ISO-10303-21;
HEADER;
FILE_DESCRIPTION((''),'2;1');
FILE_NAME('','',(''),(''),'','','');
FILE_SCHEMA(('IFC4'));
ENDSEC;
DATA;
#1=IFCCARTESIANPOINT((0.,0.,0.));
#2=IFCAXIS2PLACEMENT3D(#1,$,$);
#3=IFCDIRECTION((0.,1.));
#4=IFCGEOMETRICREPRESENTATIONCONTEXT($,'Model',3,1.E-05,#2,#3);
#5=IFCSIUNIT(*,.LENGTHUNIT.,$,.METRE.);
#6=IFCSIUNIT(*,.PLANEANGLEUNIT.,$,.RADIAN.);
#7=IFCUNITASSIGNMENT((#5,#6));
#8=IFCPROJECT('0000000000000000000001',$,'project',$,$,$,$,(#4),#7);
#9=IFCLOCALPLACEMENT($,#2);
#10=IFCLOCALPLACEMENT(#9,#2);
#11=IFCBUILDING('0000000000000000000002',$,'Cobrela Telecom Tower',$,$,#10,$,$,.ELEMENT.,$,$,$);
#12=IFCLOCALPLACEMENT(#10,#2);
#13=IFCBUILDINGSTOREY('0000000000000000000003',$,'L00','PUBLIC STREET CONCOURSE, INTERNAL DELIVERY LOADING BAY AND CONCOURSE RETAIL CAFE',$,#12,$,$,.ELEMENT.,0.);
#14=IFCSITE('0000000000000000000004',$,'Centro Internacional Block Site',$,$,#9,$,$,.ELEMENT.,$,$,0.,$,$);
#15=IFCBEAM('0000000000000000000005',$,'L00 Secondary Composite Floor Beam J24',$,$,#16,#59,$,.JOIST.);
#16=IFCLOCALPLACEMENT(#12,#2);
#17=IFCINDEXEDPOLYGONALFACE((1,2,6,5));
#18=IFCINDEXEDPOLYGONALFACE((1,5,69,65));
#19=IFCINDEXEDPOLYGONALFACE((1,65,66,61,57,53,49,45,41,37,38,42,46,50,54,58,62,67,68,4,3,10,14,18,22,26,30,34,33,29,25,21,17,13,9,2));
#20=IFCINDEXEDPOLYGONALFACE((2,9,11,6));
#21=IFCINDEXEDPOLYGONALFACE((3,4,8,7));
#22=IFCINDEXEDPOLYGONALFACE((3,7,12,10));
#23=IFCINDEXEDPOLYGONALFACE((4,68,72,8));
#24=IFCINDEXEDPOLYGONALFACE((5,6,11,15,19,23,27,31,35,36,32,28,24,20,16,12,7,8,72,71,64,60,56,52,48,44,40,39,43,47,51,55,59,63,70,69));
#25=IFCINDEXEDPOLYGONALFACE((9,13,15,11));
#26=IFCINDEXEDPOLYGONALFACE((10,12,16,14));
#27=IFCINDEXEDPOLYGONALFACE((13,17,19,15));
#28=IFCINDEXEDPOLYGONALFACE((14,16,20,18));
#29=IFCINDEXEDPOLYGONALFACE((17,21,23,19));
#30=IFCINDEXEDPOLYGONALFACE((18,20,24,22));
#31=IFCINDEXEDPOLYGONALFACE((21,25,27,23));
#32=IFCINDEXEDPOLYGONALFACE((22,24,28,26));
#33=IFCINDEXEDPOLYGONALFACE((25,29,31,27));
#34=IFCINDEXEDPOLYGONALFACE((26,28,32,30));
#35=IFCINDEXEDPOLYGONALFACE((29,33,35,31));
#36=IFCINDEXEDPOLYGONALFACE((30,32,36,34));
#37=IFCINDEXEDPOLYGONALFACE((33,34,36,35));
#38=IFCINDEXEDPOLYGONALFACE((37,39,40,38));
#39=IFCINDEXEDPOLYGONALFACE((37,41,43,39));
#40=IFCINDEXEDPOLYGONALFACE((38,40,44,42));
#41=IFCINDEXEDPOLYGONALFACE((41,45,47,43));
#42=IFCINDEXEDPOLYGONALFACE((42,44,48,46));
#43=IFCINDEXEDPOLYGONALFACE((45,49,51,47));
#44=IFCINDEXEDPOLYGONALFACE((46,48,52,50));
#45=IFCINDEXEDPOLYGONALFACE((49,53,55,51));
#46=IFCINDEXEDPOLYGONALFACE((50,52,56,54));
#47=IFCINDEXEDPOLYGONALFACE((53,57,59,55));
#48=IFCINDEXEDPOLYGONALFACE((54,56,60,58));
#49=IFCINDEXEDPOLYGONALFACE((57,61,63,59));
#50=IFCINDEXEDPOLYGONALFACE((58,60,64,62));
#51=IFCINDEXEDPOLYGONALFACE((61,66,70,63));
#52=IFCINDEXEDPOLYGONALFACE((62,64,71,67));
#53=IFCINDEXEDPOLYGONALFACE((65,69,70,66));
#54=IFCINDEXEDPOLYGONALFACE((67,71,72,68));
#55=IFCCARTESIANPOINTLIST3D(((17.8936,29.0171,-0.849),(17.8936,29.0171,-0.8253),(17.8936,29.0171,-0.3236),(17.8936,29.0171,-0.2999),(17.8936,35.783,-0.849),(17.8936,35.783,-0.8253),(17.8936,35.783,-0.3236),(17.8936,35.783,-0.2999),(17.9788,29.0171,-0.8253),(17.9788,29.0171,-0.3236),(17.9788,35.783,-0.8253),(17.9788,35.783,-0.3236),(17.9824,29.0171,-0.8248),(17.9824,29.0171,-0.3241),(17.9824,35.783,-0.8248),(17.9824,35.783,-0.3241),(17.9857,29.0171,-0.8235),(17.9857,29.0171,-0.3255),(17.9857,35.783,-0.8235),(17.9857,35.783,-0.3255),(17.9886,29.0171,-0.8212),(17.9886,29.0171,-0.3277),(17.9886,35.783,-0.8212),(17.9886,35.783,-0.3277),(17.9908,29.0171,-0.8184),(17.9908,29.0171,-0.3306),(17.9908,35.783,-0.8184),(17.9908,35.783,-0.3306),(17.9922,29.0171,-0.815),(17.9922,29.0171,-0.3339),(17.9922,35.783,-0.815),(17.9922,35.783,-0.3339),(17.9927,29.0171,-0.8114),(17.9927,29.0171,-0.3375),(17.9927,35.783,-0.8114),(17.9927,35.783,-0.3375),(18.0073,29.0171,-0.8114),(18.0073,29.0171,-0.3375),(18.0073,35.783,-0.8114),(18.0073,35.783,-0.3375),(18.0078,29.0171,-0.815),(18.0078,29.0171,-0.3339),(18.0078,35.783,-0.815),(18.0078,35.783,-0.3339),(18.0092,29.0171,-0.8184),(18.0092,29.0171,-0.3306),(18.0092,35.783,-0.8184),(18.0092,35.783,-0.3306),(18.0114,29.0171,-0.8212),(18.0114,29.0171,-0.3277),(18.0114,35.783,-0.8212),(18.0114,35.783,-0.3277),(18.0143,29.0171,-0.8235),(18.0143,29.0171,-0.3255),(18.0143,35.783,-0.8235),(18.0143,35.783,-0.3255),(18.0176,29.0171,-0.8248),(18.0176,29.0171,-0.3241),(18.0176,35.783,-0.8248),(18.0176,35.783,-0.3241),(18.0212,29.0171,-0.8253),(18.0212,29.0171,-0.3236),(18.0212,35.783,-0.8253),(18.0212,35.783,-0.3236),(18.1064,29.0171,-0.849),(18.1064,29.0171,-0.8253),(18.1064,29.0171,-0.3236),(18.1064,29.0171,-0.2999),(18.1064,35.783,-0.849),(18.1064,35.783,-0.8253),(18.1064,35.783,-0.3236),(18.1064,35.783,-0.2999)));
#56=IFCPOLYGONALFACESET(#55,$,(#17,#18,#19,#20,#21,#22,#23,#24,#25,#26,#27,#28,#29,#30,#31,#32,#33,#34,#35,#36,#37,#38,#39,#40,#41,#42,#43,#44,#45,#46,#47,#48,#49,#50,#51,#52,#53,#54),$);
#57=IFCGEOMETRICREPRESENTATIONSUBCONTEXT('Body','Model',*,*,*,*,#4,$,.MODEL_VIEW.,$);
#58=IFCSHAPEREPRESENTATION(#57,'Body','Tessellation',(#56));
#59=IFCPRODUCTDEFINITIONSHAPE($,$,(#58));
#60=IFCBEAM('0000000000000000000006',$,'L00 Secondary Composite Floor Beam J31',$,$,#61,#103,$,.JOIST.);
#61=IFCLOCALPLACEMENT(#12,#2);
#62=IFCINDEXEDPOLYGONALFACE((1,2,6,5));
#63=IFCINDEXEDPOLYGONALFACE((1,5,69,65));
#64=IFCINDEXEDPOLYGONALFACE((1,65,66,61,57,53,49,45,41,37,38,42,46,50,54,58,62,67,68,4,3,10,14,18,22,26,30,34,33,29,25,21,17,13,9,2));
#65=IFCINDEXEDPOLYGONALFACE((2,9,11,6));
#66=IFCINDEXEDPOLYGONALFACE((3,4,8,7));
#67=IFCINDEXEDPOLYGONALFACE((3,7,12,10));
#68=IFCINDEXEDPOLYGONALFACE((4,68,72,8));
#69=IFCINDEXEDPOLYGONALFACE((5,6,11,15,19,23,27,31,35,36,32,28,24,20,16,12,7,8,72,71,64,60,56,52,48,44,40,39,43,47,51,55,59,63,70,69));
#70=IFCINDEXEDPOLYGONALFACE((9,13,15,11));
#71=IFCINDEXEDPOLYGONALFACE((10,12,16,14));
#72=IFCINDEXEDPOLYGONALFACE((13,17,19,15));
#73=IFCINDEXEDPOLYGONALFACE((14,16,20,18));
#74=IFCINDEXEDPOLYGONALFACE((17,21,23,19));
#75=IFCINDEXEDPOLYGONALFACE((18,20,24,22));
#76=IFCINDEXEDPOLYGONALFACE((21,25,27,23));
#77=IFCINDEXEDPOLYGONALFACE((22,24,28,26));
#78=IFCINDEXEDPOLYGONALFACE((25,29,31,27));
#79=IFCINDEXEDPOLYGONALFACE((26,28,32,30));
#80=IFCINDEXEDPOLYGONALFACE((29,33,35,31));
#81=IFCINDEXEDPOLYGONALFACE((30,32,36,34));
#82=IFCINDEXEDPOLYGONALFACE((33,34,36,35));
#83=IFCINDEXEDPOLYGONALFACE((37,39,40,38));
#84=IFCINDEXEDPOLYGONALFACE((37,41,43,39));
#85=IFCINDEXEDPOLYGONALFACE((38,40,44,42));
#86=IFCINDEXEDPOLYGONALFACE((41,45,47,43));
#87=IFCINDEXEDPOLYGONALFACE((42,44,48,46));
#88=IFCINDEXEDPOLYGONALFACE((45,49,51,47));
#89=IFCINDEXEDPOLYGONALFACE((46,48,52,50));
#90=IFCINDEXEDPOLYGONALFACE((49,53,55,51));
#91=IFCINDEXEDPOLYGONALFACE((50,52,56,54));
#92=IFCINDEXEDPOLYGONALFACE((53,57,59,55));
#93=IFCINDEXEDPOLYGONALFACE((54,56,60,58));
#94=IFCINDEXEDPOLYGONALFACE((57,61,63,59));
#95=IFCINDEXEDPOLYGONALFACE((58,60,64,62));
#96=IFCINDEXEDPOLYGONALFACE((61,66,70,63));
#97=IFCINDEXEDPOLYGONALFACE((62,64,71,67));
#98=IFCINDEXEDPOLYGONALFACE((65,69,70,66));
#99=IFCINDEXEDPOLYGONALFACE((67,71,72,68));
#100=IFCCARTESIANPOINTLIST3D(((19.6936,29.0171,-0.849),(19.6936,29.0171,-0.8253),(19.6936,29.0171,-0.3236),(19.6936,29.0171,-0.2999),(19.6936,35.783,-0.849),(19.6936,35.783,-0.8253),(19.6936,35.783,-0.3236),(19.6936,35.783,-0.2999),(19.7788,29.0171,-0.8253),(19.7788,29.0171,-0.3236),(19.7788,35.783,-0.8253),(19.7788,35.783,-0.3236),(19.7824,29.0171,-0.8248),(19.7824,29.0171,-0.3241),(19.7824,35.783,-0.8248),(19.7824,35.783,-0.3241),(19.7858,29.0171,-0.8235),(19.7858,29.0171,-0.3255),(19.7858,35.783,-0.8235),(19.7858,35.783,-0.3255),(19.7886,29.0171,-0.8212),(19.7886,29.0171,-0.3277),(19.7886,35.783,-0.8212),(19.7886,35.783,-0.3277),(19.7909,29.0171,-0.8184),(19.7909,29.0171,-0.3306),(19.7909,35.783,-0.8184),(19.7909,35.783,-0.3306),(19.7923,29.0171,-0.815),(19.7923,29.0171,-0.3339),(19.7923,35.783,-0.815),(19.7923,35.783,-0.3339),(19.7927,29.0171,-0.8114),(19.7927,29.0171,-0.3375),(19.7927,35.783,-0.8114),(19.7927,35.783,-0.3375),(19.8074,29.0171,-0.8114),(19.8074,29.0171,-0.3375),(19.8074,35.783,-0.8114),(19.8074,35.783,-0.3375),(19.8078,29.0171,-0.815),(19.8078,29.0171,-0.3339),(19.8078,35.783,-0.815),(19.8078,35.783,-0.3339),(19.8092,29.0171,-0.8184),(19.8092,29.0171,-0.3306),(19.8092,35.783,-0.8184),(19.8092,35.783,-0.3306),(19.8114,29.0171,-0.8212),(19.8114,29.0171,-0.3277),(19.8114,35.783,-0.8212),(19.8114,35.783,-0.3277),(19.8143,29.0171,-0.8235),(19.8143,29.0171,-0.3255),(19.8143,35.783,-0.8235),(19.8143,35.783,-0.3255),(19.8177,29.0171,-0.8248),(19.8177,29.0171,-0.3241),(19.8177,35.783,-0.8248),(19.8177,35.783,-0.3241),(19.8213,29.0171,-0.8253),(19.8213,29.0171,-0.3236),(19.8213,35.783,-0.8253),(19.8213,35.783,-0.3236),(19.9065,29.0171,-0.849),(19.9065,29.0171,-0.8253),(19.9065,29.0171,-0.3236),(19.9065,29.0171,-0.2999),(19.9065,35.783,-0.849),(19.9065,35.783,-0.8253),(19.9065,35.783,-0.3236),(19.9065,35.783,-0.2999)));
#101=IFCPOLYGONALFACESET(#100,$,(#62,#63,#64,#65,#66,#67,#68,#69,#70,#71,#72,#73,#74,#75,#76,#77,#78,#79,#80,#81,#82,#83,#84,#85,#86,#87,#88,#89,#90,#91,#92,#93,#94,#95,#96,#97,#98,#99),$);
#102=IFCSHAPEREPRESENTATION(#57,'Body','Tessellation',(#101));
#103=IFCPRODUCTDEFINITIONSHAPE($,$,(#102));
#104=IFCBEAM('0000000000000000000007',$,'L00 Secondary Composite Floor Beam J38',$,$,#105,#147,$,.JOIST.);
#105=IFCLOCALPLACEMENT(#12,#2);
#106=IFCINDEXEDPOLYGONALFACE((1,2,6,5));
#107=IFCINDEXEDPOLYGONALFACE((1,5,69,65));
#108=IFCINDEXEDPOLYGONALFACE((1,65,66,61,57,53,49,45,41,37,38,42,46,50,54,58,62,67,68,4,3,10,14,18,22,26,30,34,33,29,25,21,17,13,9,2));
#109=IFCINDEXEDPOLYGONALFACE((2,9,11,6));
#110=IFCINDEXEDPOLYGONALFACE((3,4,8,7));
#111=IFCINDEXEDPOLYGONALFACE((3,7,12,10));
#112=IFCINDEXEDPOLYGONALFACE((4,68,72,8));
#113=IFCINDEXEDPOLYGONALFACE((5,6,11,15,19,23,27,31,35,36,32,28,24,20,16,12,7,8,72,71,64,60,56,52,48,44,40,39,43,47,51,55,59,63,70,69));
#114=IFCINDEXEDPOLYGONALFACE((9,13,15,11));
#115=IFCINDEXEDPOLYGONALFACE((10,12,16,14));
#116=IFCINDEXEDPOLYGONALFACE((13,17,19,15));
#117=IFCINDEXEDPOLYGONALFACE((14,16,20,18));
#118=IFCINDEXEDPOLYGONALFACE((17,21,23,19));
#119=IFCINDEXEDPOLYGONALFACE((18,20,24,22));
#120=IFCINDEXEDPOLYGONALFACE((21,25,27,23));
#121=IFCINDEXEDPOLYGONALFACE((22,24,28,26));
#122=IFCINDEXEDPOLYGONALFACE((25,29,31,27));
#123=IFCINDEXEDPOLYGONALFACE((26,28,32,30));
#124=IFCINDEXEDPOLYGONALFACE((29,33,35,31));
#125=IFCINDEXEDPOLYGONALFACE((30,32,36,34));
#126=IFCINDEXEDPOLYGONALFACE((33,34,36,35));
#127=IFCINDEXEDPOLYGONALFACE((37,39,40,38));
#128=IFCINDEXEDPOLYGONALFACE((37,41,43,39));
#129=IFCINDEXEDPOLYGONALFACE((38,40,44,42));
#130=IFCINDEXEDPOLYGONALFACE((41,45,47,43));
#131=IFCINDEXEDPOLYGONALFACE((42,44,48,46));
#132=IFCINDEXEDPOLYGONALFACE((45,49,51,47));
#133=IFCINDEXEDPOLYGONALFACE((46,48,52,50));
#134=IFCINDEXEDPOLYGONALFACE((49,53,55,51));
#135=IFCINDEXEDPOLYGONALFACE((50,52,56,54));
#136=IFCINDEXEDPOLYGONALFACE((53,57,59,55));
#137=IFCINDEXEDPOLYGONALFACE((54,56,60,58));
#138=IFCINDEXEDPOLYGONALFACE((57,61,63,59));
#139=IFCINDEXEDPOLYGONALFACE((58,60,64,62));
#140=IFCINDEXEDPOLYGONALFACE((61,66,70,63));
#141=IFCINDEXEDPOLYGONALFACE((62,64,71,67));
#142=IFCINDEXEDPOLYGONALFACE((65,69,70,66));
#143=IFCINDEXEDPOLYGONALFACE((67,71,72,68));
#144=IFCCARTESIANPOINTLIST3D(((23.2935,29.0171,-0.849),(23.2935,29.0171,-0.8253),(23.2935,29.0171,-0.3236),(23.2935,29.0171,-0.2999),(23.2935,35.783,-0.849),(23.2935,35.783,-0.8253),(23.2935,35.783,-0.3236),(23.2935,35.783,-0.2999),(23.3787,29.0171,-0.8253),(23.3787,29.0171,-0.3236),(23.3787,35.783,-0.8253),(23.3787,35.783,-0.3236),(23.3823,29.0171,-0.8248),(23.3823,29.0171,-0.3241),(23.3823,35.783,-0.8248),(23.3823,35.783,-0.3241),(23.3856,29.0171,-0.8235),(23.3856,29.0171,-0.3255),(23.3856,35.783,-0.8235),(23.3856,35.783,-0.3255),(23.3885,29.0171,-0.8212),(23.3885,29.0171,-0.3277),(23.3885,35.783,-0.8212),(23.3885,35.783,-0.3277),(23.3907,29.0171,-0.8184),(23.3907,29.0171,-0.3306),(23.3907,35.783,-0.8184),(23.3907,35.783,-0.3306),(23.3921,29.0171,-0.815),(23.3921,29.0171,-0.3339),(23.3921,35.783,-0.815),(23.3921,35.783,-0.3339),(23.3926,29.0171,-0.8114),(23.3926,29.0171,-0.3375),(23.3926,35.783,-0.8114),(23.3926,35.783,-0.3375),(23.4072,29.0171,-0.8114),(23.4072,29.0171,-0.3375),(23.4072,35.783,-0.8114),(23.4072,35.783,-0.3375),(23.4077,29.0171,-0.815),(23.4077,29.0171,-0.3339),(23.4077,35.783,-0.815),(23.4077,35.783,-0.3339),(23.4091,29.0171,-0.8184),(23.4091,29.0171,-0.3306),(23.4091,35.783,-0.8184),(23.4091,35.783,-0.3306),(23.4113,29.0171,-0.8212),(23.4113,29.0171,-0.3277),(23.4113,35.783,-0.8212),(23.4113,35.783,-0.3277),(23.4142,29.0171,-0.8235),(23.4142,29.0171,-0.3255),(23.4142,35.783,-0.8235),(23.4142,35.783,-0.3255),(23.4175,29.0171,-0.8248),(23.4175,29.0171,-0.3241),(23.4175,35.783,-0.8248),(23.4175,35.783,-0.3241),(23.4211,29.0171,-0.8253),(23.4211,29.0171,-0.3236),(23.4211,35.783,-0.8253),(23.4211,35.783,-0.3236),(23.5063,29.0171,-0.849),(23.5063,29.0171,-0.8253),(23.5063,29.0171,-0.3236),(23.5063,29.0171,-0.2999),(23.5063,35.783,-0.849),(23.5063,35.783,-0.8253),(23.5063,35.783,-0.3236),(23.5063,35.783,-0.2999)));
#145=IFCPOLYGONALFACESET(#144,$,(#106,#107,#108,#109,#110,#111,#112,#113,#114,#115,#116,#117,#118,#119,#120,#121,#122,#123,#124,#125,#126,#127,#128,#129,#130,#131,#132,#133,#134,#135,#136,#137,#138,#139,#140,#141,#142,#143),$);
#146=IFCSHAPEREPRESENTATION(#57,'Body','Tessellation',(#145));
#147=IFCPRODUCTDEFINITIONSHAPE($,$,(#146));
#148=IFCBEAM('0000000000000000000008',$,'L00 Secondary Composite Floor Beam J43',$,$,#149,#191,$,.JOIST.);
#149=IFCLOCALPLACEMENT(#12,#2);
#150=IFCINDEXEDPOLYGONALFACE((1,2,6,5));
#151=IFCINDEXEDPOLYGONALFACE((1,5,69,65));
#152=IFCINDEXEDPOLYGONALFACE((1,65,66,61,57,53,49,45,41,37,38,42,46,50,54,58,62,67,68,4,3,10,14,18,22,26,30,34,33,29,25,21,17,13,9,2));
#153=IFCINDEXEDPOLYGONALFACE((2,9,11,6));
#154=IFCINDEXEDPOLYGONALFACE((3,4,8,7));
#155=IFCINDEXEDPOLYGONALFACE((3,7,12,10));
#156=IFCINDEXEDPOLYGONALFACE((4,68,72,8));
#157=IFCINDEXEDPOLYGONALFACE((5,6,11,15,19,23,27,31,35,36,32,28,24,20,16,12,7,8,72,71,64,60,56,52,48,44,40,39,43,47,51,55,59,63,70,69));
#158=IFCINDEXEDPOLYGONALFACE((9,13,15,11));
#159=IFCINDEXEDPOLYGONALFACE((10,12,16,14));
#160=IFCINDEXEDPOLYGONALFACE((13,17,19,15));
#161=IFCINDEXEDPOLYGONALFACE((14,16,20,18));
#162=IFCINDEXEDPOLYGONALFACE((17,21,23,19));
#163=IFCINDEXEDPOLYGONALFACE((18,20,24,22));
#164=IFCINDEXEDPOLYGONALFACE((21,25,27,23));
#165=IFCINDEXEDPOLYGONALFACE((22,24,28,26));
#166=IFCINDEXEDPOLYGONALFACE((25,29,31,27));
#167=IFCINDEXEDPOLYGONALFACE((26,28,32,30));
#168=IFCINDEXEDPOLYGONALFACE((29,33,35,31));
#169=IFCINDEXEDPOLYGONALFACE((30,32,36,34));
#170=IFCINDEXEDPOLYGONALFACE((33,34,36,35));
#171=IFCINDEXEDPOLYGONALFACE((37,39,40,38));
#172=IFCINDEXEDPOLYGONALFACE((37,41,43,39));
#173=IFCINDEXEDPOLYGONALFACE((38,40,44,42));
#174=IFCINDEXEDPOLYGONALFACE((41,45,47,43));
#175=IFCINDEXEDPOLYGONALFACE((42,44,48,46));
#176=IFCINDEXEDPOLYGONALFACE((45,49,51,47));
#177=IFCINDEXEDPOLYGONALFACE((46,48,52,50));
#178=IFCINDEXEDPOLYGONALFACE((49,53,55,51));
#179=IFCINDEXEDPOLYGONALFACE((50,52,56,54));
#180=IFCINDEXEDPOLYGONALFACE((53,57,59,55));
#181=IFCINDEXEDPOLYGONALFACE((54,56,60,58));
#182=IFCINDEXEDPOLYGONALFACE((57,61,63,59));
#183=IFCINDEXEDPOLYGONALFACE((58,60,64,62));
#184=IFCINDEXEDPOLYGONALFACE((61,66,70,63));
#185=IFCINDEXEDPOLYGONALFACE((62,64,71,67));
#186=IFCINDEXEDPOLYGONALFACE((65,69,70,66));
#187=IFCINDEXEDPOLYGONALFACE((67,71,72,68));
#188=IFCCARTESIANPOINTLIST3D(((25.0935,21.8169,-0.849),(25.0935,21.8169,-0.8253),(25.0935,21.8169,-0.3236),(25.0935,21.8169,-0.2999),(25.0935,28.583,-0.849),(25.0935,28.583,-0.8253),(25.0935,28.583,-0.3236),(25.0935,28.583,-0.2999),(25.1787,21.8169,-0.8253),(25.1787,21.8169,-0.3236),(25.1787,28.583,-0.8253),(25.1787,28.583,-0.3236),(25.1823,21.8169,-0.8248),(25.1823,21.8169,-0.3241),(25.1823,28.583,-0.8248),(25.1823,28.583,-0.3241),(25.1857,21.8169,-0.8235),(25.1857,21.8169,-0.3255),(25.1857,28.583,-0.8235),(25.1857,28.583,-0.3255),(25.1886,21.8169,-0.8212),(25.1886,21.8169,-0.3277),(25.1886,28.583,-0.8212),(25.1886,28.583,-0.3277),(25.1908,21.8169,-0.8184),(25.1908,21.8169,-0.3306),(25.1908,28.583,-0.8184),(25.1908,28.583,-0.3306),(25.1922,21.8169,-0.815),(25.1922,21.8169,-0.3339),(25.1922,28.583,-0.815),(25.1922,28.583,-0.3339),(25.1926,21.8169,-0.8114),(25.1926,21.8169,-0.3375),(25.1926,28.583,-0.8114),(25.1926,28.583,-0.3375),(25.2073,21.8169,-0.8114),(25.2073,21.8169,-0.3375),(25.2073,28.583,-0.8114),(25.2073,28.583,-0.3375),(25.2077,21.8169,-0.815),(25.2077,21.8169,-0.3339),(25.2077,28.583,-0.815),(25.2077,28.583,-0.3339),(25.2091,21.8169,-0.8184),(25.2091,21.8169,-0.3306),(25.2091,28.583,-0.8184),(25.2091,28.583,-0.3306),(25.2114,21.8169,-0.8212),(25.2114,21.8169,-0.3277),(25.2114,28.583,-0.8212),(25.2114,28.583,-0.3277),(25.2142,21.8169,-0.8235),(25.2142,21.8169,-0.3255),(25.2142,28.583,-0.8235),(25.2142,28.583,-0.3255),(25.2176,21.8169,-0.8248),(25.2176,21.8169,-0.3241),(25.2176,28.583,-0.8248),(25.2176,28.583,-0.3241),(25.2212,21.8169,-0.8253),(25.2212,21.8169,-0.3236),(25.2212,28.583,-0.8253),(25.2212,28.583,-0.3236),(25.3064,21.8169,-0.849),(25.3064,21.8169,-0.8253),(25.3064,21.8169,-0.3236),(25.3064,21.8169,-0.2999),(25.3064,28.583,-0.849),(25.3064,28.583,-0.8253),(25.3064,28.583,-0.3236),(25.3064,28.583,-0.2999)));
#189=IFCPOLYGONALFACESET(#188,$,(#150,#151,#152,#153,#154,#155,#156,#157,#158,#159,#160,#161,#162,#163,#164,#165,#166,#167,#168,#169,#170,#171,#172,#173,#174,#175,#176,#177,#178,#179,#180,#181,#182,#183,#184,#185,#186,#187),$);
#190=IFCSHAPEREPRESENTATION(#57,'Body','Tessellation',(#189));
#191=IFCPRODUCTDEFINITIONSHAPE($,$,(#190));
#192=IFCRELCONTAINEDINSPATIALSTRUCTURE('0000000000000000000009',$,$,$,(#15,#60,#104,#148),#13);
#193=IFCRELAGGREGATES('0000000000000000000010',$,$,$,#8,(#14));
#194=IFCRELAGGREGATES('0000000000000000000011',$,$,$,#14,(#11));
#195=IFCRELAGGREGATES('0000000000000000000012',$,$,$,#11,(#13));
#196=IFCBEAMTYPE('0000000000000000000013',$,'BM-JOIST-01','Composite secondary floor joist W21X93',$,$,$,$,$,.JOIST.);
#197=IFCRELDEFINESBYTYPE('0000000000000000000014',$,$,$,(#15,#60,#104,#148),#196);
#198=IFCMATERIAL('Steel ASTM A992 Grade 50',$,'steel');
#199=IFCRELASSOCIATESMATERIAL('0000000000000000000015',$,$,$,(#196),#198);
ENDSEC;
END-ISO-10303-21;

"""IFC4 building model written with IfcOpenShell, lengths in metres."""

from ifc_helpers import new_model, si_unit, direction, frame, origin, origin_2d, place, context, subcontext, project, spatial, i_section, extrude, material, material_profile, profile_set, type_object, element, save


model = new_model("IFC4")

# Units and contexts
model_context = context("Model", 3, precision=1e-05, world=origin(), true_north=direction((0.0, 1.0)))
body_context = subcontext(model_context, "Body", "Model", "MODEL_VIEW")
ifc_project = project(units=[si_unit("LENGTHUNIT", "METRE"), si_unit("PLANEANGLEUNIT", "RADIAN")], contexts=[model_context])

# Site, building, storey
site_placement = place(None, origin())
site = spatial("IfcSite", under=ifc_project, at=site_placement, Name="Centro Internacional Block Site", CompositionType="ELEMENT", RefElevation=0.0)
building_placement = place(site_placement, origin())
building = spatial("IfcBuilding", under=site, at=building_placement, Name="Cobrela Telecom Tower", CompositionType="ELEMENT")
storey_placement = place(building_placement, origin())
storey = spatial("IfcBuildingStorey", under=building, at=storey_placement, Name="L00", Description="PUBLIC STREET CONCOURSE, INTERNAL DELIVERY LOADING BAY AND CONCOURSE RETAIL CAFE", CompositionType="ELEMENT", Elevation=0.0)

# Beams
ifc_material_1 = material(Name="Steel ASTM A992 Grade 50", Category="steel")
ifc_material_profile_1 = material_profile(ifc_material_1, i_section(OverallWidth=0.2129, OverallDepth=0.5491, WebThickness=0.0146, FlangeThickness=0.0237, FilletRadius=0.0139, at=origin_2d()), Name="W21X93")
ifc_profile_set_1 = profile_set([ifc_material_profile_1], Name="Steel ASTM A992 Grade 50")
beam_type_1 = type_object("IfcBeamType", Name="BM-JOIST-01", Description="Composite secondary floor joist W21X93", PredefinedType="JOIST", material=ifc_profile_set_1)
for number, where, z_axis, x_axis, name in (
    (1, (18.0, 29.0171, -0.5745), (0.0, 1.0, 0.0), (-1.0, 0.0, 0.0), "L00 Secondary Composite Floor Beam J24"),
    (2, (19.8, 29.0171, -0.5745), (0.0, 1.0, 0.0), (-1.0, 0.0, 0.0), "L00 Secondary Composite Floor Beam J31"),
    (3, (23.3999, 29.0171, -0.5745), (0.0, 1.0, 0.0), (-1.0, 0.0, 0.0), "L00 Secondary Composite Floor Beam J38"),
):
    element("IfcBeam", number, at=place(storey_placement, frame(where, z_axis=z_axis, x_axis=x_axis)), inside=storey, type_object=beam_type_1, Name=name, PredefinedType="JOIST", context=body_context, shape_type="SweptSolid", body=[
        extrude(i_section(OverallWidth=0.2129, OverallDepth=0.5491, WebThickness=0.0146, FlangeThickness=0.0237, FilletRadius=0.0139, at=origin_2d()), origin(), (0.0, 0.0, 1.0), 6.7659),
    ])
beam_1_placement = place(storey_placement, frame((25.2, 21.8169, -0.5745), z_axis=(0.0, 1.0, 0.0), x_axis=(-1.0, 0.0, 0.0)))
element("IfcBeam", 4, at=beam_1_placement, inside=storey, type_object=beam_type_1, Name="L00 Secondary Composite Floor Beam J43", PredefinedType="JOIST", context=body_context, shape_type="SweptSolid", body=[
    extrude(i_section(OverallWidth=0.2129, OverallDepth=0.5491, WebThickness=0.0146, FlangeThickness=0.0237, FilletRadius=0.0139, at=origin_2d()), origin(), (0.0, 0.0, 1.0), 6.7661),
])

save(model, "model.ifc")
